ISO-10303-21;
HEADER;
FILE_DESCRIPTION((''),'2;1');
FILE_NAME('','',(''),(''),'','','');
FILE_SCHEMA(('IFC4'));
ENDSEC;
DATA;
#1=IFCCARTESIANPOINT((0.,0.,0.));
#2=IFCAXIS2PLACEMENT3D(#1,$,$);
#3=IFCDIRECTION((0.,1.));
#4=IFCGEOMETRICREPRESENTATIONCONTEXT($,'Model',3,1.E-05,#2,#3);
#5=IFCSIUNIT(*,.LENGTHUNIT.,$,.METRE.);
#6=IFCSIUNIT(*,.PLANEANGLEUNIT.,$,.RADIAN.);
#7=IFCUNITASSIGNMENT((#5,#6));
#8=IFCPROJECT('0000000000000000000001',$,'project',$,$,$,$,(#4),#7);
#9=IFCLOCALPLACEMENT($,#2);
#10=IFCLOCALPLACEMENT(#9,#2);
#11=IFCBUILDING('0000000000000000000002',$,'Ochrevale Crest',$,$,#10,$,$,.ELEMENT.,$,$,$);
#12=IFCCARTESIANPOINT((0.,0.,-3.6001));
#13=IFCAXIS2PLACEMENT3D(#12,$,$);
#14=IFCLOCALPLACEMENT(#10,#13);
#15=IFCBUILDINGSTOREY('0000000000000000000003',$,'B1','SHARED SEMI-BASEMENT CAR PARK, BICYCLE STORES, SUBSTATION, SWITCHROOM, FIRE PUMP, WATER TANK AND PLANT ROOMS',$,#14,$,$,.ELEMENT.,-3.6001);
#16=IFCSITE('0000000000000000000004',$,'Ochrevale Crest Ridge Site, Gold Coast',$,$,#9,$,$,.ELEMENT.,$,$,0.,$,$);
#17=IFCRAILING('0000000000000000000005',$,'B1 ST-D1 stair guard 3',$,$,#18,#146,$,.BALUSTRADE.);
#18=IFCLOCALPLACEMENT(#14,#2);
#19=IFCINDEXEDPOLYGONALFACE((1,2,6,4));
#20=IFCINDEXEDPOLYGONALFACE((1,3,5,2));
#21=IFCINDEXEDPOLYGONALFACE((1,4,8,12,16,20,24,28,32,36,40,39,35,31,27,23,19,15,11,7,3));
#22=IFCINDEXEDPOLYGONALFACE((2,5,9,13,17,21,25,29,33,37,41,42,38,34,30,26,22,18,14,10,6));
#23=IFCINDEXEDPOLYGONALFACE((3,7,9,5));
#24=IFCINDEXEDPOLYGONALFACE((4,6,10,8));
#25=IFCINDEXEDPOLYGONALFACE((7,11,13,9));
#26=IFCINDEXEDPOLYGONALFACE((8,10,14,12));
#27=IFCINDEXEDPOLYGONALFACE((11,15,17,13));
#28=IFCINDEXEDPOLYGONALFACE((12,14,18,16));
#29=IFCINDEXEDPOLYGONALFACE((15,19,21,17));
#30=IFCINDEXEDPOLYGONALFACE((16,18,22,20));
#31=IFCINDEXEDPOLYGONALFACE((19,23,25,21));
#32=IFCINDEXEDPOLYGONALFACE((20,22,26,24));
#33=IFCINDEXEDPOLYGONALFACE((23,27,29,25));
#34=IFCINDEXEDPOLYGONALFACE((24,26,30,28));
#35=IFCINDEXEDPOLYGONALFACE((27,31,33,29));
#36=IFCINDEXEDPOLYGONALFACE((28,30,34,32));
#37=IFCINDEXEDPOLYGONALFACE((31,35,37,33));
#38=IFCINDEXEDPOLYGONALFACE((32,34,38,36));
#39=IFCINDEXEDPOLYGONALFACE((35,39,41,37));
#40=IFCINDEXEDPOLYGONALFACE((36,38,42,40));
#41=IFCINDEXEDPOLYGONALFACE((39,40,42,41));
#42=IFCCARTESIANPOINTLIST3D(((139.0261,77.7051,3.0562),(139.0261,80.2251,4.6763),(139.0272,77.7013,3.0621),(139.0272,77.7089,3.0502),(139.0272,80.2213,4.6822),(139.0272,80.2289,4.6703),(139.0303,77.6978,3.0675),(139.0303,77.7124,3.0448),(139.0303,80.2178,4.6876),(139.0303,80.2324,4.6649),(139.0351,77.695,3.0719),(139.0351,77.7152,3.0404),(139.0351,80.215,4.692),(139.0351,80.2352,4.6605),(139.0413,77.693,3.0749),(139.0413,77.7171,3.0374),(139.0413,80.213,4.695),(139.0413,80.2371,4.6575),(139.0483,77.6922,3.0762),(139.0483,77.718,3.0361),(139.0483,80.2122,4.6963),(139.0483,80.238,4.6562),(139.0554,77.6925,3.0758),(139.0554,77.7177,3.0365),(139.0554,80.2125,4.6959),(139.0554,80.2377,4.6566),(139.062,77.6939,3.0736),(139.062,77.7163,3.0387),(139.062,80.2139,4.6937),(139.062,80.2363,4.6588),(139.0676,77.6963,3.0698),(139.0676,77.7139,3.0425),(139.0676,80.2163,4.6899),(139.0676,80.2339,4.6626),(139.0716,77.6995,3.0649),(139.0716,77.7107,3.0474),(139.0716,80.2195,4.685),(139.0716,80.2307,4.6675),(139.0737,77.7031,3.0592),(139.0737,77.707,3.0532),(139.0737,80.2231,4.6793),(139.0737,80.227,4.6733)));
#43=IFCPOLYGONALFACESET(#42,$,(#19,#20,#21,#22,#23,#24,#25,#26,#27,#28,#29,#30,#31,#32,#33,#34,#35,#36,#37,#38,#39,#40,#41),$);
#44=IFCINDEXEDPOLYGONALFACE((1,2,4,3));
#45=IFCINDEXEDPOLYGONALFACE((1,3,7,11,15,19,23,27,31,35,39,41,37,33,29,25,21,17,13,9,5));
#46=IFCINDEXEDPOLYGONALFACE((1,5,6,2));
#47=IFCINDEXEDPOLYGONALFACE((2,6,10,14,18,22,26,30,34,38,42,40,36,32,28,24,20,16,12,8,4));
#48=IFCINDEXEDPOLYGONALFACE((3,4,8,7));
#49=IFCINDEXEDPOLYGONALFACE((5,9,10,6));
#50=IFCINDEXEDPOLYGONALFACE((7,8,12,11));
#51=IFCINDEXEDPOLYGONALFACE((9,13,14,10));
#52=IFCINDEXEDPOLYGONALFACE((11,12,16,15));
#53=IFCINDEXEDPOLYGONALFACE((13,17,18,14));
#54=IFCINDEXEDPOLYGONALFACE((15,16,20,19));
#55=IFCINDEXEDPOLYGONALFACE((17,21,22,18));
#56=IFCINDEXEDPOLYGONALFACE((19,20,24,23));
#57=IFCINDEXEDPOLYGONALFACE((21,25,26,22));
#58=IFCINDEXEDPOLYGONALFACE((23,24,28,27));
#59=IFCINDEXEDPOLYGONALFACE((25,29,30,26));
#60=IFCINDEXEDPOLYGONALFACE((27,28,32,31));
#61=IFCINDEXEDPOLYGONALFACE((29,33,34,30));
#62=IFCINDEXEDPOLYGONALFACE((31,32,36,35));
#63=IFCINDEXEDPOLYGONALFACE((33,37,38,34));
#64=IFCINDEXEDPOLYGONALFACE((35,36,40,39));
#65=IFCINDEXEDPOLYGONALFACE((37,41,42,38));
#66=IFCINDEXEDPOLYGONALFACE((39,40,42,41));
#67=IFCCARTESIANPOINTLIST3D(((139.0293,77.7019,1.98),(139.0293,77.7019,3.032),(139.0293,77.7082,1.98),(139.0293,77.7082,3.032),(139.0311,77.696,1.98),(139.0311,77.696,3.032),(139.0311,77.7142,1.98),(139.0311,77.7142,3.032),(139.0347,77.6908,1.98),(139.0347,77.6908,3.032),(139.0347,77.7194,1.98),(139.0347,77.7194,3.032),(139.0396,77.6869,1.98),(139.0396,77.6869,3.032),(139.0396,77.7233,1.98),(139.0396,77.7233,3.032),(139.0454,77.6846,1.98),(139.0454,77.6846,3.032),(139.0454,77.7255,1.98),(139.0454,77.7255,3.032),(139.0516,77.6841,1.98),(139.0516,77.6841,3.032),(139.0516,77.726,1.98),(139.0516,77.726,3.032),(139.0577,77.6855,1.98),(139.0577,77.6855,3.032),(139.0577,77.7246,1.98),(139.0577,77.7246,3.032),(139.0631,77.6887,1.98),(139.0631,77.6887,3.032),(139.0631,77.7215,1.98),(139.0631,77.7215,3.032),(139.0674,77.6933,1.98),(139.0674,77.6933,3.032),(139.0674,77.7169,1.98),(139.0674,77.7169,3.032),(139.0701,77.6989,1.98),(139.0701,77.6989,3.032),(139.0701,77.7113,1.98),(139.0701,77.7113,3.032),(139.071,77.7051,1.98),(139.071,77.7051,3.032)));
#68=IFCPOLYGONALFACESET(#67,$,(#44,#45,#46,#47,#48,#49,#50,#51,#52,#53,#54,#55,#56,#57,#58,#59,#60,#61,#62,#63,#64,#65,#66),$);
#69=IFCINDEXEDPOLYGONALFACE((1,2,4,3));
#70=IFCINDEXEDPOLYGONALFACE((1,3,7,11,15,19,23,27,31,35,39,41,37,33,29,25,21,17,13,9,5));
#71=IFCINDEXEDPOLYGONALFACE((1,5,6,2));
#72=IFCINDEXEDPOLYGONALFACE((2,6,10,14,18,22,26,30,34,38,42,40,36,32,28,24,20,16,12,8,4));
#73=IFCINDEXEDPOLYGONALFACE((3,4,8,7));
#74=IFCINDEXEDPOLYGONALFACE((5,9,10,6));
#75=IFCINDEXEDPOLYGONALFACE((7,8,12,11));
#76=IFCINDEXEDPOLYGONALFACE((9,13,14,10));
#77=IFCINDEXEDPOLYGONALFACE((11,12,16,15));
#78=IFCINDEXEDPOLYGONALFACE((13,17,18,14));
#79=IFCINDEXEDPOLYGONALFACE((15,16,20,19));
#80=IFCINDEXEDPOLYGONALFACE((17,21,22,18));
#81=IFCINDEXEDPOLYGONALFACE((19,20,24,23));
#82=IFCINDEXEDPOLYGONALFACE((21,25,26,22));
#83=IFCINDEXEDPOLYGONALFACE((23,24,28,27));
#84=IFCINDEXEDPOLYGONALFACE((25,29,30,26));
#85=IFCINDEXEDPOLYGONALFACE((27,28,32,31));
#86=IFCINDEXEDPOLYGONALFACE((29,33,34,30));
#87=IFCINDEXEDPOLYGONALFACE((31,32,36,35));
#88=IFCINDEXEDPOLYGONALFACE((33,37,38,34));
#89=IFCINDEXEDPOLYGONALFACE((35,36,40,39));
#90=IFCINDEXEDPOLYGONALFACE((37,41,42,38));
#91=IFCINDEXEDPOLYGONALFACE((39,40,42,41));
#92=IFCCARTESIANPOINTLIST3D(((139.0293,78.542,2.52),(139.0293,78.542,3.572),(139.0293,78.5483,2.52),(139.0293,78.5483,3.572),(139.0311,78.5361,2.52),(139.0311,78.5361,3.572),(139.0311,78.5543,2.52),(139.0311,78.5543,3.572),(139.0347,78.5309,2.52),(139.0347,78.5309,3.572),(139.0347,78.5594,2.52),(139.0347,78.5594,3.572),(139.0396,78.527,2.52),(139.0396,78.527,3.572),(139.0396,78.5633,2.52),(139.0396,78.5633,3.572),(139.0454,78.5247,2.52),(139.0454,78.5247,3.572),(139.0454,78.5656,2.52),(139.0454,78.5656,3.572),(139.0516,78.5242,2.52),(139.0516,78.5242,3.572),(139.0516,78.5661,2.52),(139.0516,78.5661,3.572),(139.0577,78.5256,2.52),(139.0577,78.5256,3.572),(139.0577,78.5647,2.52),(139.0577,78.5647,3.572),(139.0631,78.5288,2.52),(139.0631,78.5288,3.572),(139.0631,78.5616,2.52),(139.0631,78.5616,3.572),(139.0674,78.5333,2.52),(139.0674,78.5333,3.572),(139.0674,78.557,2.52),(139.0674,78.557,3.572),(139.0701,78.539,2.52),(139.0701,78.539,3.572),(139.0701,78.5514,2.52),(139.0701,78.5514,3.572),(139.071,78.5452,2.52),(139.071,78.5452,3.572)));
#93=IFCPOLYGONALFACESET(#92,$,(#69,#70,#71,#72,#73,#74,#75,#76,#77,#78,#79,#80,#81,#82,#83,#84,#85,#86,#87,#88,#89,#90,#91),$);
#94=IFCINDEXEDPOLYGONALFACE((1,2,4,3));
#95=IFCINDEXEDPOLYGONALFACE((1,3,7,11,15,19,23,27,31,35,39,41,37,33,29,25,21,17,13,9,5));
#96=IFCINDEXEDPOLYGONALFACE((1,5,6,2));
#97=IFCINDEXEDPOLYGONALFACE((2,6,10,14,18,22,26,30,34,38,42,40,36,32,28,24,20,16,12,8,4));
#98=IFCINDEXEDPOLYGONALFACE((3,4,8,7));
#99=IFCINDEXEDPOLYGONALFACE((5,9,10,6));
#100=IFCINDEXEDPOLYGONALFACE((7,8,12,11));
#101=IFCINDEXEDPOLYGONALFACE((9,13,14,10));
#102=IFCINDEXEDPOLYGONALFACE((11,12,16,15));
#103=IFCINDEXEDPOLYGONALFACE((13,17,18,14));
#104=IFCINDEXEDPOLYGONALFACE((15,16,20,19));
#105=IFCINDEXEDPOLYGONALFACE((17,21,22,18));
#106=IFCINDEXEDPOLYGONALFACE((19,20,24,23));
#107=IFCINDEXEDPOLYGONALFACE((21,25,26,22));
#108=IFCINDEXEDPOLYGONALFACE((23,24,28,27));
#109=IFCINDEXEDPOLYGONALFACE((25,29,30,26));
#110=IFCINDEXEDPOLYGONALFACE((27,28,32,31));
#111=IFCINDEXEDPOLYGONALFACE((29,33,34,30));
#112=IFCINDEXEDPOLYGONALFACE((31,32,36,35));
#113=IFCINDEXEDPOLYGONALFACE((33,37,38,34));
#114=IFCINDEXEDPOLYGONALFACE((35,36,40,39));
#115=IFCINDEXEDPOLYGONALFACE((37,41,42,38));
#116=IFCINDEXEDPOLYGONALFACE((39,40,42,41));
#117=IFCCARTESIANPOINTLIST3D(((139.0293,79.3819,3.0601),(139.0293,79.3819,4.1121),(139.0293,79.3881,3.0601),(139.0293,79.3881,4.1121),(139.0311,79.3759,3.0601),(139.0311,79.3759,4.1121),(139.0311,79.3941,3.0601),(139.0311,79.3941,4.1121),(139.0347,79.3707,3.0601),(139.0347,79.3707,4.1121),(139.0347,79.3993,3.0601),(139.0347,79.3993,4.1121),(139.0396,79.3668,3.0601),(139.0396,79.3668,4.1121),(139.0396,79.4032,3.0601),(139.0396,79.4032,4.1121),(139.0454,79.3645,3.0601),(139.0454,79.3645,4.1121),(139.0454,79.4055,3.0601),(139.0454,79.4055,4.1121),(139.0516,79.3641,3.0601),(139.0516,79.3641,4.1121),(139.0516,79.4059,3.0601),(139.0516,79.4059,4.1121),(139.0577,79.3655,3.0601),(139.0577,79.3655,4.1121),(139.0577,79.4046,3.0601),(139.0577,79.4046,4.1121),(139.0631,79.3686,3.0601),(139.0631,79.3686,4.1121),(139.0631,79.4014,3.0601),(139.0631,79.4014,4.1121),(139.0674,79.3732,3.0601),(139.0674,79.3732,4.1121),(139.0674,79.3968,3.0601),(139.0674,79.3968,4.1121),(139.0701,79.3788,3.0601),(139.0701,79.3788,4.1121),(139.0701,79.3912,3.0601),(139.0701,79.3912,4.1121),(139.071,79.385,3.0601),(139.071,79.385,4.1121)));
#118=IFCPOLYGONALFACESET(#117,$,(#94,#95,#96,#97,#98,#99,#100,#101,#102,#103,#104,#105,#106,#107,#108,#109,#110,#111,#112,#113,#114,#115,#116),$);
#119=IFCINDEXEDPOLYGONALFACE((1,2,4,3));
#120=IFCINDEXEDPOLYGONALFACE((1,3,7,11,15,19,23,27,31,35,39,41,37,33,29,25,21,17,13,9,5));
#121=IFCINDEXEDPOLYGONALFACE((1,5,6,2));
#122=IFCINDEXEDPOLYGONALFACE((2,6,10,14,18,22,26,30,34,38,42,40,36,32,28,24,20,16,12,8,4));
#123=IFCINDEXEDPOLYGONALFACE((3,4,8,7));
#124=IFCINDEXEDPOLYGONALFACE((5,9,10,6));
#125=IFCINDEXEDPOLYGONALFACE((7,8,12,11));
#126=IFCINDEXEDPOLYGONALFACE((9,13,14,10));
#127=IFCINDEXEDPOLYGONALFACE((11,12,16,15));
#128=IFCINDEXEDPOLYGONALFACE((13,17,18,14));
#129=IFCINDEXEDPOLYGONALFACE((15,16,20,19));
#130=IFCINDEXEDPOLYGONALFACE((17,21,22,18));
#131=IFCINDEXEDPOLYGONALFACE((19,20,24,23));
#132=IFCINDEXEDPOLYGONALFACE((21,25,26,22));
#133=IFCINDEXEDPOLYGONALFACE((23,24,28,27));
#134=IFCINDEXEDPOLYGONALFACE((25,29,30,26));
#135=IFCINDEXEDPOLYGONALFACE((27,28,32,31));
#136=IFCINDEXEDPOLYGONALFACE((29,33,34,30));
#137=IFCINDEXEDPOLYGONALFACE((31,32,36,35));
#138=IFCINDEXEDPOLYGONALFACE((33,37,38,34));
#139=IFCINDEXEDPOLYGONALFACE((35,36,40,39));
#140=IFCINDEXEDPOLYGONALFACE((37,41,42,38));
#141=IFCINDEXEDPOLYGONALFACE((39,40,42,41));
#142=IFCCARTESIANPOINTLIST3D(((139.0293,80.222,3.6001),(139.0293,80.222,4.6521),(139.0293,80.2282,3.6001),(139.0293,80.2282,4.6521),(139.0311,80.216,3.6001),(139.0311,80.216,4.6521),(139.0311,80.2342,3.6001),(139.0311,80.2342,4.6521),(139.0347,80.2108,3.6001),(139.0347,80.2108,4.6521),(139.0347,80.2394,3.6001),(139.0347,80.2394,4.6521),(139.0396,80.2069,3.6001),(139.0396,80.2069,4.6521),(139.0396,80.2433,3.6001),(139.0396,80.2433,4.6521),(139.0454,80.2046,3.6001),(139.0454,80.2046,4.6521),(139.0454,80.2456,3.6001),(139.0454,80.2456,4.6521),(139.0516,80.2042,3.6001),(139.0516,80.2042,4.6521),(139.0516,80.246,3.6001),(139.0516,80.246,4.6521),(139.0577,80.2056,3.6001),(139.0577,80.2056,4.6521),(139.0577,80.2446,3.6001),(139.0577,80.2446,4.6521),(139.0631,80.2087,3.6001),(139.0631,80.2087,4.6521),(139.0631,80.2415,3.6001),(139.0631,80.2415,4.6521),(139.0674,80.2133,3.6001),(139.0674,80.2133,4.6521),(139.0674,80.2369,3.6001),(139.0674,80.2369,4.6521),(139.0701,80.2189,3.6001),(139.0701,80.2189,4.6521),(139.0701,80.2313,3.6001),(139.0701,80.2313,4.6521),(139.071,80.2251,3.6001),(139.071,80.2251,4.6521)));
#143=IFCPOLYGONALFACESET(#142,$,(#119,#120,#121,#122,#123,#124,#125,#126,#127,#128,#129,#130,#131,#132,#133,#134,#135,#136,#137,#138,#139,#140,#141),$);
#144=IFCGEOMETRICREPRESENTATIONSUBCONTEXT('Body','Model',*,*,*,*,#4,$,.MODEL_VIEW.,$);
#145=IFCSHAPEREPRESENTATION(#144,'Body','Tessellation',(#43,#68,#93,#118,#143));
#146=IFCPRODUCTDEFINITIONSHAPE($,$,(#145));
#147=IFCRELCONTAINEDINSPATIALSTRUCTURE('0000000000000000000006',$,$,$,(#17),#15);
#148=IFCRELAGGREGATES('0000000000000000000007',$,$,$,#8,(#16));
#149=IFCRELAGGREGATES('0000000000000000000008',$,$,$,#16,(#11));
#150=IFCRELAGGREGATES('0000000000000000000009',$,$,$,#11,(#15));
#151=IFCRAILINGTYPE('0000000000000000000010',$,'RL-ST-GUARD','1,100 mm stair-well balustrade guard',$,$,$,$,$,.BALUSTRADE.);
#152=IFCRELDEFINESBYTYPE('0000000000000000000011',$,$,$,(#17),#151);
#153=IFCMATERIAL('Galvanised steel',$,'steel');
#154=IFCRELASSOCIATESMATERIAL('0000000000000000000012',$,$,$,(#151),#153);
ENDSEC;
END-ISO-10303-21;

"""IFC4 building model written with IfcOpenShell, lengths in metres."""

from ifc_helpers import new_model, si_unit, direction, frame, origin, origin_2d, place, context, subcontext, project, spatial, circle, extrude, material, type_object, element, save


model = new_model("IFC4")

# Units and contexts
model_context = context("Model", 3, precision=1e-05, world=origin(), true_north=direction((0.0, 1.0)))
body_context = subcontext(model_context, "Body", "Model", "MODEL_VIEW")
ifc_project = project(units=[si_unit("LENGTHUNIT", "METRE"), si_unit("PLANEANGLEUNIT", "RADIAN")], contexts=[model_context])

# Site, building, storey
site_placement = place(None, origin())
site = spatial("IfcSite", under=ifc_project, at=site_placement, Name="Ochrevale Crest Ridge Site, Gold Coast", CompositionType="ELEMENT", RefElevation=0.0)
building_placement = place(site_placement, origin())
building = spatial("IfcBuilding", under=site, at=building_placement, Name="Ochrevale Crest", CompositionType="ELEMENT")
storey_placement = place(building_placement, frame((0.0, 0.0, -3.6001)))
storey = spatial("IfcBuildingStorey", under=building, at=storey_placement, Name="B1", Description="SHARED SEMI-BASEMENT CAR PARK, BICYCLE STORES, SUBSTATION, SWITCHROOM, FIRE PUMP, WATER TANK AND PLANT ROOMS", CompositionType="ELEMENT", Elevation=-3.6001)

# Railing
ifc_material_1 = material(Name="Galvanised steel", Category="steel")
railing_type_1 = type_object("IfcRailingType", Name="RL-ST-GUARD", Description="1,100 mm stair-well balustrade guard", PredefinedType="BALUSTRADE", material=ifc_material_1)
railing_1_placement = place(storey_placement, frame((139.05, 77.7051, 1.98)))
element("IfcRailing", 1, at=railing_1_placement, inside=storey, type_object=railing_type_1, Name="B1 ST-D1 stair guard 3", PredefinedType="BALUSTRADE", context=body_context, shape_type="SweptSolid", body=[
    extrude(circle(Radius=0.0239, at=origin_2d()), frame((0.0, 0.0, 1.0762), z_axis=(0.0, 0.841163, 0.540782), x_axis=(-1.0, 0.0, 0.0)), (0.0, 0.0, 1.0), 2.9958),
    extrude(circle(Radius=0.021, at=origin_2d()), origin(), (0.0, 0.0, 1.0), 1.052),
    extrude(circle(Radius=0.021, at=origin_2d()), frame((0.0, 0.8401, 0.54)), (0.0, 0.0, 1.0), 1.052),
    extrude(circle(Radius=0.021, at=origin_2d()), frame((0.0, 1.6799, 1.0801)), (0.0, 0.0, 1.0), 1.052),
    extrude(circle(Radius=0.021, at=origin_2d()), frame((0.0, 2.52, 1.6201)), (0.0, 0.0, 1.0), 1.052),
])

save(model, "model.ifc")
